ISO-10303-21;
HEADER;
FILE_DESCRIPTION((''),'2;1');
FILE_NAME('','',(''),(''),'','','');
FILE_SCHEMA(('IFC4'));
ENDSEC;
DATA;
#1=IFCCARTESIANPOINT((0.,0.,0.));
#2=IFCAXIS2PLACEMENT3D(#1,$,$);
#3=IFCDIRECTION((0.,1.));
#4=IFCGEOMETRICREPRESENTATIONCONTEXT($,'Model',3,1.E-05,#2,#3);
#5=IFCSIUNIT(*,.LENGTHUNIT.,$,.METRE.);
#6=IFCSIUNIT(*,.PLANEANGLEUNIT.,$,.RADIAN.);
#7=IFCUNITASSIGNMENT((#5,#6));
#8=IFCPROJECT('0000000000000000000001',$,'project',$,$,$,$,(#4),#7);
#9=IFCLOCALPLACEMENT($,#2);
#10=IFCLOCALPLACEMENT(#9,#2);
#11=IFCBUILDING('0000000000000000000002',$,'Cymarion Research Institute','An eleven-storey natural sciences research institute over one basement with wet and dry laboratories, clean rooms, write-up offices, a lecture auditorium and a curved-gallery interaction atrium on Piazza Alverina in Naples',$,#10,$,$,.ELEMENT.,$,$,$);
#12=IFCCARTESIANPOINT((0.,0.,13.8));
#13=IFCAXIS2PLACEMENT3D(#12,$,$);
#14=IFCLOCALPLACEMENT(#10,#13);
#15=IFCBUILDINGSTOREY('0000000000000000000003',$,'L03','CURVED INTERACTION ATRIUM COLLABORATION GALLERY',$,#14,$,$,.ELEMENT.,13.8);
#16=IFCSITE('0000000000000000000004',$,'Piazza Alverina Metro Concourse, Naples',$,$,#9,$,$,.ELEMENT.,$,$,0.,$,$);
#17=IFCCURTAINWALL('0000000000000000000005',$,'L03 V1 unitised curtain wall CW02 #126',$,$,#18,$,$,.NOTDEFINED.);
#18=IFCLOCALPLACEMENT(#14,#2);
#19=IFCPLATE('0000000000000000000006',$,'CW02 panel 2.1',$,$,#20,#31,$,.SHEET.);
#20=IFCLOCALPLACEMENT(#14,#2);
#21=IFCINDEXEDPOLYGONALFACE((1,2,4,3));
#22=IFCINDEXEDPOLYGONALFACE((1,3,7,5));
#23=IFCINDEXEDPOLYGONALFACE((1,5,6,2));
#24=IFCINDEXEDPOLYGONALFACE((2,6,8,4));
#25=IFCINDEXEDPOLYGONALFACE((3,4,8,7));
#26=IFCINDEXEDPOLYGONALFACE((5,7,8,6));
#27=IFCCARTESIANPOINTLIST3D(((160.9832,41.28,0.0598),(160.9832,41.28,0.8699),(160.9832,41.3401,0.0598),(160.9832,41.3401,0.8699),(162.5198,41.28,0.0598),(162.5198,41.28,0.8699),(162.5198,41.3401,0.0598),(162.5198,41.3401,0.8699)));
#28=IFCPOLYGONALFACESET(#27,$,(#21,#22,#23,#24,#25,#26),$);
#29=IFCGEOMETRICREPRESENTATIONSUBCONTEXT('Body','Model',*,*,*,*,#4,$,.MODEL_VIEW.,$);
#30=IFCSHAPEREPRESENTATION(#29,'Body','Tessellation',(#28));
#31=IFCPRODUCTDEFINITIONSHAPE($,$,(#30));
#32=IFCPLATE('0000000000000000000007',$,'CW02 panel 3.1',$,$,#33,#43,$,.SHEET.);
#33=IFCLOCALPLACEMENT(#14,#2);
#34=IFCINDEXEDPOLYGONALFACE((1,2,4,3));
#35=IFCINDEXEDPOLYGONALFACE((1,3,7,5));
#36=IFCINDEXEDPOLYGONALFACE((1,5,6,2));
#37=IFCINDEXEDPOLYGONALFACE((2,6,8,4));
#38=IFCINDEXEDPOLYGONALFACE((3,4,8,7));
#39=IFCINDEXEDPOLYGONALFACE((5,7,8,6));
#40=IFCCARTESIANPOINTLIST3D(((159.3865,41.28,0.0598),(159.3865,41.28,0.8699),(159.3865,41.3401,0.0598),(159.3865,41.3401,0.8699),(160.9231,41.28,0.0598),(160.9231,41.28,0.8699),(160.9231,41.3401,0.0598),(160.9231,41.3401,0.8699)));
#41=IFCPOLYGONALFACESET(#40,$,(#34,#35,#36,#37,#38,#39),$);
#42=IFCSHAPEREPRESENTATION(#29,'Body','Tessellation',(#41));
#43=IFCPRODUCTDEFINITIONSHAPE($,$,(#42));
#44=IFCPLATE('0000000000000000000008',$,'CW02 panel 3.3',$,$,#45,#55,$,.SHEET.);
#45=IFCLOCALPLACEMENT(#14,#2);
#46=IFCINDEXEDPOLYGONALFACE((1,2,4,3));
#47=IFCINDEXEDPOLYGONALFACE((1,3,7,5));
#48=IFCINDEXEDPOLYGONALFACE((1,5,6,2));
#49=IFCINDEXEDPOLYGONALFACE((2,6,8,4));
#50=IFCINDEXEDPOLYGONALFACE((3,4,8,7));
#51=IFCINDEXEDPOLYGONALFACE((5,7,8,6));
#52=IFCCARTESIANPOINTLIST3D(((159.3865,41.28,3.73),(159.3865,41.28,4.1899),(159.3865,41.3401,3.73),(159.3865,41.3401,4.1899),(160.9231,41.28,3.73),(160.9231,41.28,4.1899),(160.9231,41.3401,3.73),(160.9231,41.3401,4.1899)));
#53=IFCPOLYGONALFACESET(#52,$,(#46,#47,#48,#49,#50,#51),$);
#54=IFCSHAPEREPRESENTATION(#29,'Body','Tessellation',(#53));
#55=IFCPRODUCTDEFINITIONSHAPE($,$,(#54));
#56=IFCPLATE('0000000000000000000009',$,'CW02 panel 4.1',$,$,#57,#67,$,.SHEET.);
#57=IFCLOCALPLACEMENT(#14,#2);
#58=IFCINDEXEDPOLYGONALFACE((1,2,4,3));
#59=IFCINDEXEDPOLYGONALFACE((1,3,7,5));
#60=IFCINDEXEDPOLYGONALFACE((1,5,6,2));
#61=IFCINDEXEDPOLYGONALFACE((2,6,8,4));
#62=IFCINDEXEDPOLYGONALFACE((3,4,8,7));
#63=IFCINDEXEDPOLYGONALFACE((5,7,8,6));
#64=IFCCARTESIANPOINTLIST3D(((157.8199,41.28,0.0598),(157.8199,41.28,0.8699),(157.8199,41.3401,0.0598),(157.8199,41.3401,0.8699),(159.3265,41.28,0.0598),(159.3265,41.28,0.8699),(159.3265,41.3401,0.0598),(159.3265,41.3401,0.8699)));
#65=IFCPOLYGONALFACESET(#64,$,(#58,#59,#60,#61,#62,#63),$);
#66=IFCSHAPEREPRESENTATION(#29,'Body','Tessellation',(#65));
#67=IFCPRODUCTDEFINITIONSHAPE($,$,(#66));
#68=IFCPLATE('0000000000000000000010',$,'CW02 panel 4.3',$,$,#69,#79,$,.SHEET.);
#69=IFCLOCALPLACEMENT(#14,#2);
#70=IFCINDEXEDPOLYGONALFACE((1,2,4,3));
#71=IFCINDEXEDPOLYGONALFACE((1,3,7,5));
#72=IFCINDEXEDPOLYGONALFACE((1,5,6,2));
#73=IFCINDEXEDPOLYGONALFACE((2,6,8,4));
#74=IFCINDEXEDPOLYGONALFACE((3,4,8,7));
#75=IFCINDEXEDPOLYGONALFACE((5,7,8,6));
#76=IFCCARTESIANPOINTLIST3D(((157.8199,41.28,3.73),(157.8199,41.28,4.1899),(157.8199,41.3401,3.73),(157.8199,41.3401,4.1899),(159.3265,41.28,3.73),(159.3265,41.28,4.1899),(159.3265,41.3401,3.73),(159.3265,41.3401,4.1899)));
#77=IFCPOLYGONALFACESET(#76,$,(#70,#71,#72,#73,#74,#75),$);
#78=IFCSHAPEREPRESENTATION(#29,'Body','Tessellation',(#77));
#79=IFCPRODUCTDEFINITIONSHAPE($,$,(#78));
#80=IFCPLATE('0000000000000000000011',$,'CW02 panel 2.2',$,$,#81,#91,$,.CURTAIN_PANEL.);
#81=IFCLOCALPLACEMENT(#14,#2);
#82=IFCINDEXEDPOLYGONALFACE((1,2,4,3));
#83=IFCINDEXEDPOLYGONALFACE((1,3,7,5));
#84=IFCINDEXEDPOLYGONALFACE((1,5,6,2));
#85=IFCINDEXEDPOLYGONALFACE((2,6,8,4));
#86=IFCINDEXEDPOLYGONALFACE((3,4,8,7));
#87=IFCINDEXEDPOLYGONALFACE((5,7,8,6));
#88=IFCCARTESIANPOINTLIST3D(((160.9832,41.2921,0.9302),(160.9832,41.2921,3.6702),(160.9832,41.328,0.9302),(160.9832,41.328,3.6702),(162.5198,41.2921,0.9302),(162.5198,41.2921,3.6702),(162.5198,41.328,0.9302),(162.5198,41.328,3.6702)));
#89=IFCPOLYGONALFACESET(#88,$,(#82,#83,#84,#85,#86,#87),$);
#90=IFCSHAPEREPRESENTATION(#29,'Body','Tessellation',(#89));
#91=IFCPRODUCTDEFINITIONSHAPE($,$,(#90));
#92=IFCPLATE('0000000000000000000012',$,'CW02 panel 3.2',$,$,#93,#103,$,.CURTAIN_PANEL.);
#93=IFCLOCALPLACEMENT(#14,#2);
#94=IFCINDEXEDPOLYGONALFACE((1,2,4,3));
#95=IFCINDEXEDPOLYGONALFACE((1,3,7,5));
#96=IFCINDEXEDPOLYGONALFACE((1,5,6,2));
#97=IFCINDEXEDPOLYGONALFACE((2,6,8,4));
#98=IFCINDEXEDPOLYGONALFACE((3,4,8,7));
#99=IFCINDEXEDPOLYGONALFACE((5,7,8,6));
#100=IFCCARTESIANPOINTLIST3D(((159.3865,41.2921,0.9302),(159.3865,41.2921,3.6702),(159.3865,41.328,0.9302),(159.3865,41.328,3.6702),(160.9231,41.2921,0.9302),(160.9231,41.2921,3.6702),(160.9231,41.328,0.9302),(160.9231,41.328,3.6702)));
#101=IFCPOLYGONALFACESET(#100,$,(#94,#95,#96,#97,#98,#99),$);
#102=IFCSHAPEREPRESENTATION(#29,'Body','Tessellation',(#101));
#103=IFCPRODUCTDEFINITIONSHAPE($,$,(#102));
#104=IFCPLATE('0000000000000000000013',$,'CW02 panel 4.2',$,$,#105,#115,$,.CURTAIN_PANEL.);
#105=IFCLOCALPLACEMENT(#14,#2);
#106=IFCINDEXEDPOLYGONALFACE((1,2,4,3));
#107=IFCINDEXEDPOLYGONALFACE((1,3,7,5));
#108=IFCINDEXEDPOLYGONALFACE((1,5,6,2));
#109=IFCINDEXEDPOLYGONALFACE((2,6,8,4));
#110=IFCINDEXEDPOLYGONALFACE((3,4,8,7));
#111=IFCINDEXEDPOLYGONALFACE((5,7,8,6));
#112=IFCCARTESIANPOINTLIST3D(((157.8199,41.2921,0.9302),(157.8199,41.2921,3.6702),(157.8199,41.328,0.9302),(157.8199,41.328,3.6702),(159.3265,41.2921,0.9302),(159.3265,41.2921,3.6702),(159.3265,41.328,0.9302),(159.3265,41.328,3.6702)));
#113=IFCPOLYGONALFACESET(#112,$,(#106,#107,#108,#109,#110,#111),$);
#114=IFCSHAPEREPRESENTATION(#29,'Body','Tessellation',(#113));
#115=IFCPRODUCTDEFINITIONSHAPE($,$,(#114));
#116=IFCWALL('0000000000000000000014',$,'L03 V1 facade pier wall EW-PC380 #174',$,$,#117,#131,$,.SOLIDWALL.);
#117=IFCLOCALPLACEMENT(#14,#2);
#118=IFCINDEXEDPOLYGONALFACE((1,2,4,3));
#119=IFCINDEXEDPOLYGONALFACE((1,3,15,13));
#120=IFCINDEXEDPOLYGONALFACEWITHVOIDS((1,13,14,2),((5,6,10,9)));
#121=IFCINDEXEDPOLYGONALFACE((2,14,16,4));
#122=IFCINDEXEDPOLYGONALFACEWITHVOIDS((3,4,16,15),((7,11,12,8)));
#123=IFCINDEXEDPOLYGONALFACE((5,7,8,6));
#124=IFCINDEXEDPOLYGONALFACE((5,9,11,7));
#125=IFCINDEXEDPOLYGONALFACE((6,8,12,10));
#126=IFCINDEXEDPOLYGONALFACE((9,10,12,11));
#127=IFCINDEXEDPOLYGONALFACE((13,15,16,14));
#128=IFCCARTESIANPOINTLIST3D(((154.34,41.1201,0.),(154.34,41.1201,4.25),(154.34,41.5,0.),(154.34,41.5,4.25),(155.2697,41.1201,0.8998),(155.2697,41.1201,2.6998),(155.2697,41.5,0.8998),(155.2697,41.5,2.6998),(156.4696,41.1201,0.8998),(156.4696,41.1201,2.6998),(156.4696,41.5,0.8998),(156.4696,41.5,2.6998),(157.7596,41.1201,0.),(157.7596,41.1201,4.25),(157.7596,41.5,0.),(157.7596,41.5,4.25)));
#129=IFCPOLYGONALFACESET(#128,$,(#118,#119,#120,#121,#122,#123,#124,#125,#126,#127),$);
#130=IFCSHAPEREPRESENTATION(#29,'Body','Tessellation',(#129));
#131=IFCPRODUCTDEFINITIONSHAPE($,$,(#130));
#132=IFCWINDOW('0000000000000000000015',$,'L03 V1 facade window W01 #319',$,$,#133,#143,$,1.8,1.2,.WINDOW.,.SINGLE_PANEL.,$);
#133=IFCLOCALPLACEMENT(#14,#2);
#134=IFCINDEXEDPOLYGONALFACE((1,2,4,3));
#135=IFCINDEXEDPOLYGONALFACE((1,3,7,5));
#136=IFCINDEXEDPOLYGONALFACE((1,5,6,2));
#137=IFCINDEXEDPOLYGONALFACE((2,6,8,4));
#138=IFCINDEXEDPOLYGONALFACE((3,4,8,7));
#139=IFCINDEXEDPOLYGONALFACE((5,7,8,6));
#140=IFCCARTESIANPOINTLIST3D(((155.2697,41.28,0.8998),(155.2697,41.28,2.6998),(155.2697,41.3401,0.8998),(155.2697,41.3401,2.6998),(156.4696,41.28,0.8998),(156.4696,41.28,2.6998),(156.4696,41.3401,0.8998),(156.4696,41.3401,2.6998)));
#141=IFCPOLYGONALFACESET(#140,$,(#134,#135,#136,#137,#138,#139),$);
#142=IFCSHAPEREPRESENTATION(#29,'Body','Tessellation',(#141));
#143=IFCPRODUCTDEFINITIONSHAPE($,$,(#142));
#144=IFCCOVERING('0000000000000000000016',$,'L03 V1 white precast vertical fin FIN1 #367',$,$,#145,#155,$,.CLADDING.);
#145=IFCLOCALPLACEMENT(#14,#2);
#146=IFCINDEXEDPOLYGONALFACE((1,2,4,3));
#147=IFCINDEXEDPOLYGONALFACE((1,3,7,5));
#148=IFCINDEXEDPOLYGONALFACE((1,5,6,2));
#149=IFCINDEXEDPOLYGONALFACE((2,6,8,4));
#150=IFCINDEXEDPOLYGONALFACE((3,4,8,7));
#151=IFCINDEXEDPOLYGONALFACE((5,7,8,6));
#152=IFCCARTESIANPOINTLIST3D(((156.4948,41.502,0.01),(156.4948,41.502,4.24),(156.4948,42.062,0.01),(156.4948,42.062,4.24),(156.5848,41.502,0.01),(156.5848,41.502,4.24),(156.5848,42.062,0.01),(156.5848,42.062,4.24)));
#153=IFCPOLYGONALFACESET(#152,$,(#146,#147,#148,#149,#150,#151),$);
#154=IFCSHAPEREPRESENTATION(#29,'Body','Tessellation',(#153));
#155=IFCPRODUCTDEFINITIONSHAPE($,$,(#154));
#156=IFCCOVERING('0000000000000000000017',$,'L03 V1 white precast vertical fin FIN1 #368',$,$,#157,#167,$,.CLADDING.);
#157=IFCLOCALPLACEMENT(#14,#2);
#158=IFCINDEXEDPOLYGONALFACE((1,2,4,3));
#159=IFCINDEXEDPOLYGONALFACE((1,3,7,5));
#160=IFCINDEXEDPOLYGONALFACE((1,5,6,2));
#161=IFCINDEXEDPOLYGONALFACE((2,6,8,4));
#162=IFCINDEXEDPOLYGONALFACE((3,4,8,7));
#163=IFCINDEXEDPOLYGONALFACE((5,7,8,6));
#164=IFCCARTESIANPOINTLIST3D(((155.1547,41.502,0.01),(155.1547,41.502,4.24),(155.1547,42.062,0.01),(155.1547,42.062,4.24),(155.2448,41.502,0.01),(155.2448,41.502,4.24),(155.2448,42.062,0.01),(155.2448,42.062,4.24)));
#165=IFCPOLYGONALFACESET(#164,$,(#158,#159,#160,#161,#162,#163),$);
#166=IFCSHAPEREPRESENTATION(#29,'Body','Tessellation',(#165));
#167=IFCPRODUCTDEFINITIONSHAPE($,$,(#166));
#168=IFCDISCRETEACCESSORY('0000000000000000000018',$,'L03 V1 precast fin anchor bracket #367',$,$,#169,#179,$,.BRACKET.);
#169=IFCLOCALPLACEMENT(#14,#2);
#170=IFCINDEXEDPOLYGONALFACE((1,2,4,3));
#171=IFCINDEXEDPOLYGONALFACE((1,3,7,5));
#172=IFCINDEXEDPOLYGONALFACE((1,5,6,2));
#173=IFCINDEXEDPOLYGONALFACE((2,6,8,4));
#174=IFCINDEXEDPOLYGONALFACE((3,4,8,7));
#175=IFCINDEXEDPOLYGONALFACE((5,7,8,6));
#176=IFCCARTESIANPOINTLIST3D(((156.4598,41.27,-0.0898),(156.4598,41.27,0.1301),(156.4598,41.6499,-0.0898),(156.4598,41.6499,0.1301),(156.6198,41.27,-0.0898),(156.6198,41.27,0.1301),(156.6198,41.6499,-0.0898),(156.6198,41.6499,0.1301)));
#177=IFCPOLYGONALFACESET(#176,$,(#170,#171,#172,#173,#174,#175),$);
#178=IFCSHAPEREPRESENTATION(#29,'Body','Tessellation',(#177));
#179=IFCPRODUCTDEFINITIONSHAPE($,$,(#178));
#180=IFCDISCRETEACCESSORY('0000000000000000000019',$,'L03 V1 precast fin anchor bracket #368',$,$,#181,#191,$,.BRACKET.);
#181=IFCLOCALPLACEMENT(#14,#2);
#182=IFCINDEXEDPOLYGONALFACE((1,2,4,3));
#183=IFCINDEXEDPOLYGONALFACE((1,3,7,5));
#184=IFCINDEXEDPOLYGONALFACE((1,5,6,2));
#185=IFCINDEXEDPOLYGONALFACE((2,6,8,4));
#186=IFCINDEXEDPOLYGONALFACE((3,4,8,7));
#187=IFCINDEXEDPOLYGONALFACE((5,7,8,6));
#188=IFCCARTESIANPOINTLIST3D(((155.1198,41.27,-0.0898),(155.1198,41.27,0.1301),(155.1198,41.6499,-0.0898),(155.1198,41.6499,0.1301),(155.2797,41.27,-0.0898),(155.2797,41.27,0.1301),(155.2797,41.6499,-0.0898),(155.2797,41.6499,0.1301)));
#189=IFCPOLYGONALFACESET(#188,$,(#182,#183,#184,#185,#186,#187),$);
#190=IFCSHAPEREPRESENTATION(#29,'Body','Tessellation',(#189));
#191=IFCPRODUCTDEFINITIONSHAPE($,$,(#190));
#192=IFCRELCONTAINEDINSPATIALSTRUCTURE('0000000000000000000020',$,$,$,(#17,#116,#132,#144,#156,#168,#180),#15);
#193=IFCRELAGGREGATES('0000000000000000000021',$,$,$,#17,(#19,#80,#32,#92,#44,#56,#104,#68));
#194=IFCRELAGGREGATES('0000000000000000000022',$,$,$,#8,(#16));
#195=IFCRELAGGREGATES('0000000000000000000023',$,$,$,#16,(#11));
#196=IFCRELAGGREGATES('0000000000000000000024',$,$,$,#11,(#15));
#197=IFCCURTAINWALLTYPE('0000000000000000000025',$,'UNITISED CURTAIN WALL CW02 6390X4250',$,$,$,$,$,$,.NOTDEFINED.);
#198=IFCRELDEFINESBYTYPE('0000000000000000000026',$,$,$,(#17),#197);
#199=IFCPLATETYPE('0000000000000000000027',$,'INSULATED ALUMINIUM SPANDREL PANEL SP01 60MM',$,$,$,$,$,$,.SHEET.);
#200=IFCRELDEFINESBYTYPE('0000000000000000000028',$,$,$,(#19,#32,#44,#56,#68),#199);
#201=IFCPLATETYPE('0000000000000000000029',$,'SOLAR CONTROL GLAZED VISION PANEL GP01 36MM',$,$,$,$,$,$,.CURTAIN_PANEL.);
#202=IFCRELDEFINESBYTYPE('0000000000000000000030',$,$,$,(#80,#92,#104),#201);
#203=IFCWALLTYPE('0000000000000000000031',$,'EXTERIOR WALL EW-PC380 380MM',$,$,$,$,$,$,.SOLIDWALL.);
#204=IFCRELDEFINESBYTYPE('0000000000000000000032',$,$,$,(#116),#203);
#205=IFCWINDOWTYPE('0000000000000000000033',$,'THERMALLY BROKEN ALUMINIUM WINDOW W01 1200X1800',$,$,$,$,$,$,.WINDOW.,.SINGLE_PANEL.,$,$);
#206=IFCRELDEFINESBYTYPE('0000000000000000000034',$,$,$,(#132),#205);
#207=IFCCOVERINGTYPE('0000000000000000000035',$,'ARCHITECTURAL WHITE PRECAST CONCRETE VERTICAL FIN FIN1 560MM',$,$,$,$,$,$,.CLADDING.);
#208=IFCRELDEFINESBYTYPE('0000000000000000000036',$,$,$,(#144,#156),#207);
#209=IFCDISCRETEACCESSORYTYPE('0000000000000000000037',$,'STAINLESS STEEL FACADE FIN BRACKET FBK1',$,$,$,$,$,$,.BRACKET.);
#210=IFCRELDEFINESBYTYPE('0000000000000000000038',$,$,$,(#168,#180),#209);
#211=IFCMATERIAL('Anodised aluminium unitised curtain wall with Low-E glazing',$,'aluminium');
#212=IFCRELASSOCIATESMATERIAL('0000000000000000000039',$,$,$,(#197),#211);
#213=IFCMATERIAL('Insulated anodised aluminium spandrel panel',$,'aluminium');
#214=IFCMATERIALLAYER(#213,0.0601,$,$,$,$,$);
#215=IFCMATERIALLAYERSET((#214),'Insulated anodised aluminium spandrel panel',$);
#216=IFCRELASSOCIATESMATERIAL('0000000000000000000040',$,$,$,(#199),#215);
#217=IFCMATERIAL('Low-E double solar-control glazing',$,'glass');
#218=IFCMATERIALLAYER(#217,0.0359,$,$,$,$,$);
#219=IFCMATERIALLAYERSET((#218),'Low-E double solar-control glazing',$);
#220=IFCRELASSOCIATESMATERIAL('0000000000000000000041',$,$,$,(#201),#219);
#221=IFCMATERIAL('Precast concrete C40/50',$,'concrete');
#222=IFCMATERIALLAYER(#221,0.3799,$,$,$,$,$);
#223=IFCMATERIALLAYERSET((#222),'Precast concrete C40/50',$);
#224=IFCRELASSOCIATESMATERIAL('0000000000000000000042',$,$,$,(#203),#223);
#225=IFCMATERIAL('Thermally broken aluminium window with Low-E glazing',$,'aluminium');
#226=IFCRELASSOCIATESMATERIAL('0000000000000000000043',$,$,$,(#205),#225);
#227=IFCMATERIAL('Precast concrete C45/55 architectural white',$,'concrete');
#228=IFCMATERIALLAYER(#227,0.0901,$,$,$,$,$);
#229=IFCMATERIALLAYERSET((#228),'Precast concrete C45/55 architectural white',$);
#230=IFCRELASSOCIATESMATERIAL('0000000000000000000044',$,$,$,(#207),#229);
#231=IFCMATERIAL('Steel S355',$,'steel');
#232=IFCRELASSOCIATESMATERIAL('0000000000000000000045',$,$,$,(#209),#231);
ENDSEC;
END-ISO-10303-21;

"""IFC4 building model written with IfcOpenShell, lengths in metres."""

from ifc_helpers import new_model, si_unit, direction, frame, frame_2d, origin, origin_2d, place, context, subcontext, project, spatial, rectangle, extrude, material, layer, layer_set, type_object, element, fill, aggregate, save


model = new_model("IFC4")

# Units and contexts
model_context = context("Model", 3, precision=1e-05, world=origin(), true_north=direction((0.0, 1.0)))
body_context = subcontext(model_context, "Body", "Model", "MODEL_VIEW")
ifc_project = project(units=[si_unit("LENGTHUNIT", "METRE"), si_unit("PLANEANGLEUNIT", "RADIAN")], contexts=[model_context])

# Site, building, storey
site_placement = place(None, origin())
site = spatial("IfcSite", under=ifc_project, at=site_placement, Name="Piazza Alverina Metro Concourse, Naples", CompositionType="ELEMENT", RefElevation=0.0)
building_placement = place(site_placement, origin())
building = spatial("IfcBuilding", under=site, at=building_placement, Name="Cymarion Research Institute", Description="An eleven-storey natural sciences research institute over one basement with wet and dry laboratories, clean rooms, write-up offices, a lecture auditorium and a curved-gallery interaction atrium on Piazza Alverina in Naples", CompositionType="ELEMENT")
storey_placement = place(building_placement, frame((0.0, 0.0, 13.8)))
storey = spatial("IfcBuildingStorey", under=building, at=storey_placement, Name="L03", Description="CURVED INTERACTION ATRIUM COLLABORATION GALLERY", CompositionType="ELEMENT", Elevation=13.8)

# Shared definitions
ifc_material_1 = material(Name="Steel S355", Category="steel")

# Curtain wall, plates
ifc_material_2 = material(Name="Anodised aluminium unitised curtain wall with Low-E glazing", Category="aluminium")
curtain_wall_type = type_object("IfcCurtainWallType", Name="UNITISED CURTAIN WALL CW02 6390X4250", PredefinedType="NOTDEFINED", material=ifc_material_2)
curtain_wall_placement = place(storey_placement, origin())
curtain_wall = element("IfcCurtainWall", 1, at=curtain_wall_placement, inside=storey, type_object=curtain_wall_type, Name="L03 V1 unitised curtain wall CW02 #126", PredefinedType="NOTDEFINED")
ifc_material_3 = material(Name="Insulated anodised aluminium spandrel panel", Category="aluminium")
ifc_layer_1 = layer(ifc_material_3, 0.0601)
ifc_layer_set_1 = layer_set([ifc_layer_1], Name="Insulated anodised aluminium spandrel panel")
plate_type_1 = type_object("IfcPlateType", Name="INSULATED ALUMINIUM SPANDREL PANEL SP01 60MM", PredefinedType="SHEET", material=ifc_layer_set_1)
plate_1_placement = place(storey_placement, frame((161.7515, 41.3101, 0.0598), z_axis=(0.0, 0.0, 1.0), x_axis=(-1.0, 0.0, 0.0)))
plate_1 = element("IfcPlate", 2, at=plate_1_placement, type_object=plate_type_1, Name="CW02 panel 2.1", PredefinedType="SHEET", context=body_context, shape_type="SweptSolid", body=[
    extrude(rectangle(XDim=1.5366, YDim=0.0601, at=origin_2d()), origin(), (0.0, 0.0, 1.0), 0.8101),
])
plate_2_placement = place(storey_placement, frame((160.1548, 41.3101, 0.0598), z_axis=(0.0, 0.0, 1.0), x_axis=(-1.0, 0.0, 0.0)))
plate_2 = element("IfcPlate", 3, at=plate_2_placement, type_object=plate_type_1, Name="CW02 panel 3.1", PredefinedType="SHEET", context=body_context, shape_type="SweptSolid", body=[
    extrude(rectangle(XDim=1.5366, YDim=0.0601, at=origin_2d()), origin(), (0.0, 0.0, 1.0), 0.8101),
])
plate_3_placement = place(storey_placement, frame((160.1548, 41.3101, 3.73), z_axis=(0.0, 0.0, 1.0), x_axis=(-1.0, 0.0, 0.0)))
plate_3 = element("IfcPlate", 4, at=plate_3_placement, type_object=plate_type_1, Name="CW02 panel 3.3", PredefinedType="SHEET", context=body_context, shape_type="SweptSolid", body=[
    extrude(rectangle(XDim=1.5366, YDim=0.0601, at=origin_2d()), origin(), (0.0, 0.0, 1.0), 0.46),
])
plate_4_placement = place(storey_placement, frame((158.5732, 41.3101, 0.0598), z_axis=(0.0, 0.0, 1.0), x_axis=(-1.0, 0.0, 0.0)))
plate_4 = element("IfcPlate", 5, at=plate_4_placement, type_object=plate_type_1, Name="CW02 panel 4.1", PredefinedType="SHEET", context=body_context, shape_type="SweptSolid", body=[
    extrude(rectangle(XDim=1.5066, YDim=0.0601, at=origin_2d()), origin(), (0.0, 0.0, 1.0), 0.8101),
])
plate_5_placement = place(storey_placement, frame((158.5732, 41.3101, 3.73), z_axis=(0.0, 0.0, 1.0), x_axis=(-1.0, 0.0, 0.0)))
plate_5 = element("IfcPlate", 6, at=plate_5_placement, type_object=plate_type_1, Name="CW02 panel 4.3", PredefinedType="SHEET", context=body_context, shape_type="SweptSolid", body=[
    extrude(rectangle(XDim=1.5066, YDim=0.0601, at=origin_2d()), origin(), (0.0, 0.0, 1.0), 0.46),
])
ifc_material_4 = material(Name="Low-E double solar-control glazing", Category="glass")
ifc_layer_2 = layer(ifc_material_4, 0.0359)
ifc_layer_set_2 = layer_set([ifc_layer_2], Name="Low-E double solar-control glazing")
plate_type_2 = type_object("IfcPlateType", Name="SOLAR CONTROL GLAZED VISION PANEL GP01 36MM", PredefinedType="CURTAIN_PANEL", material=ifc_layer_set_2)
plate_6_placement = place(storey_placement, frame((161.7515, 41.3101, 0.9302), z_axis=(0.0, 0.0, 1.0), x_axis=(-1.0, 0.0, 0.0)))
plate_6 = element("IfcPlate", 7, at=plate_6_placement, type_object=plate_type_2, Name="CW02 panel 2.2", PredefinedType="CURTAIN_PANEL", context=body_context, shape_type="SweptSolid", body=[
    extrude(rectangle(XDim=1.5366, YDim=0.0359, at=origin_2d()), origin(), (0.0, 0.0, 1.0), 2.74),
])
plate_7_placement = place(storey_placement, frame((160.1548, 41.3101, 0.9302), z_axis=(0.0, 0.0, 1.0), x_axis=(-1.0, 0.0, 0.0)))
plate_7 = element("IfcPlate", 8, at=plate_7_placement, type_object=plate_type_2, Name="CW02 panel 3.2", PredefinedType="CURTAIN_PANEL", context=body_context, shape_type="SweptSolid", body=[
    extrude(rectangle(XDim=1.5366, YDim=0.0359, at=origin_2d()), origin(), (0.0, 0.0, 1.0), 2.74),
])
plate_8_placement = place(storey_placement, frame((158.5732, 41.3101, 0.9302), z_axis=(0.0, 0.0, 1.0), x_axis=(-1.0, 0.0, 0.0)))
plate_8 = element("IfcPlate", 9, at=plate_8_placement, type_object=plate_type_2, Name="CW02 panel 4.2", PredefinedType="CURTAIN_PANEL", context=body_context, shape_type="SweptSolid", body=[
    extrude(rectangle(XDim=1.5066, YDim=0.0359, at=origin_2d()), origin(), (0.0, 0.0, 1.0), 2.74),
])
aggregate(curtain_wall, [plate_1, plate_6, plate_2, plate_7, plate_3, plate_4, plate_8, plate_5])

# Wall, opening, window
ifc_material_5 = material(Name="Precast concrete C40/50", Category="concrete")
ifc_layer_3 = layer(ifc_material_5, 0.3799)
ifc_layer_set_3 = layer_set([ifc_layer_3], Name="Precast concrete C40/50")
wall_type = type_object("IfcWallType", Name="EXTERIOR WALL EW-PC380 380MM", PredefinedType="SOLIDWALL", material=ifc_layer_set_3)
wall_placement = place(storey_placement, frame((157.7598, 41.3101, 0.0), z_axis=(0.0, 0.0, 1.0), x_axis=(-1.0, 0.0, 0.0)))
wall = element("IfcWall", 10, at=wall_placement, inside=storey, type_object=wall_type, Name="L03 V1 facade pier wall EW-PC380 #174", PredefinedType="SOLIDWALL", context=body_context, shape_type="SweptSolid", body=[
    extrude(rectangle(XDim=3.4197, YDim=0.3799, at=frame_2d((1.71, 0.0))), origin(), (0.0, 0.0, 1.0), 4.25),
])
opening_placement = place(wall_placement, frame((1.29, 0.0, 0.8999)))
opening = element("IfcOpeningElement", 11, at=opening_placement, cuts=wall, PredefinedType="OPENING", context=body_context, shape_type="SweptSolid", body=[
    extrude(rectangle(XDim=1.2, YDim=1.8, at=frame_2d((0.6001, 0.8999))), frame((0.0, 0.2, 0.0), z_axis=(0.0, -1.0, 0.0), x_axis=(1.0, 0.0, 0.0)), (0.0, 0.0, 1.0), 0.3999),
])
ifc_material_6 = material(Name="Thermally broken aluminium window with Low-E glazing", Category="aluminium")
window_type = type_object("IfcWindowType", Name="THERMALLY BROKEN ALUMINIUM WINDOW W01 1200X1800", PartitioningType="SINGLE_PANEL", PredefinedType="WINDOW", material=ifc_material_6)
window_placement = place(opening_placement, origin())
window = element("IfcWindow", 12, at=window_placement, inside=storey, type_object=window_type, Name="L03 V1 facade window W01 #319", OverallHeight=1.8, OverallWidth=1.2, PartitioningType="SINGLE_PANEL", PredefinedType="WINDOW", context=body_context, shape_type="SweptSolid", body=[
    extrude(rectangle(XDim=1.2, YDim=1.8, at=frame_2d((0.6001, 0.8999))), frame((0.0, 0.03, 0.0), z_axis=(0.0, -1.0, 0.0), x_axis=(1.0, 0.0, 0.0)), (0.0, 0.0, 1.0), 0.0601),
])
fill(opening, window)

# Coverings
ifc_material_7 = material(Name="Precast concrete C45/55 architectural white", Category="concrete")
ifc_layer_4 = layer(ifc_material_7, 0.0901)
ifc_layer_set_4 = layer_set([ifc_layer_4], Name="Precast concrete C45/55 architectural white")
covering_type = type_object("IfcCoveringType", Name="ARCHITECTURAL WHITE PRECAST CONCRETE VERTICAL FIN FIN1 560MM", PredefinedType="CLADDING", material=ifc_layer_set_4)
for number, where, z_axis, x_axis, name in (
    (13, (156.5398, 41.782, 0.01), (0.0, 0.0, 1.0), (0.0, 1.0, 0.0), "L03 V1 white precast vertical fin FIN1 #367"),
    (14, (155.1997, 41.782, 0.01), (0.0, 0.0, 1.0), (0.0, 1.0, 0.0), "L03 V1 white precast vertical fin FIN1 #368"),
):
    element("IfcCovering", number, at=place(storey_placement, frame(where, z_axis=z_axis, x_axis=x_axis)), inside=storey, type_object=covering_type, Name=name, PredefinedType="CLADDING", context=body_context, shape_type="SweptSolid", body=[
        extrude(rectangle(XDim=0.5601, YDim=0.0901, at=origin_2d()), origin(), (0.0, 0.0, 1.0), 4.23),
    ])

# Discrete accessories
discrete_accessory_type = type_object("IfcDiscreteAccessoryType", Name="STAINLESS STEEL FACADE FIN BRACKET FBK1", PredefinedType="BRACKET", material=ifc_material_1)
for number, where, z_axis, x_axis, name in (
    (15, (156.5398, 41.46, -0.0898), (0.0, 0.0, 1.0), (0.0, 1.0, 0.0), "L03 V1 precast fin anchor bracket #367"),
    (16, (155.1997, 41.46, -0.0898), (0.0, 0.0, 1.0), (0.0, 1.0, 0.0), "L03 V1 precast fin anchor bracket #368"),
):
    element("IfcDiscreteAccessory", number, at=place(storey_placement, frame(where, z_axis=z_axis, x_axis=x_axis)), inside=storey, type_object=discrete_accessory_type, Name=name, PredefinedType="BRACKET", context=body_context, shape_type="SweptSolid", body=[
        extrude(rectangle(XDim=0.3799, YDim=0.1599, at=origin_2d()), origin(), (0.0, 0.0, 1.0), 0.22),
    ])

save(model, "model.ifc")
